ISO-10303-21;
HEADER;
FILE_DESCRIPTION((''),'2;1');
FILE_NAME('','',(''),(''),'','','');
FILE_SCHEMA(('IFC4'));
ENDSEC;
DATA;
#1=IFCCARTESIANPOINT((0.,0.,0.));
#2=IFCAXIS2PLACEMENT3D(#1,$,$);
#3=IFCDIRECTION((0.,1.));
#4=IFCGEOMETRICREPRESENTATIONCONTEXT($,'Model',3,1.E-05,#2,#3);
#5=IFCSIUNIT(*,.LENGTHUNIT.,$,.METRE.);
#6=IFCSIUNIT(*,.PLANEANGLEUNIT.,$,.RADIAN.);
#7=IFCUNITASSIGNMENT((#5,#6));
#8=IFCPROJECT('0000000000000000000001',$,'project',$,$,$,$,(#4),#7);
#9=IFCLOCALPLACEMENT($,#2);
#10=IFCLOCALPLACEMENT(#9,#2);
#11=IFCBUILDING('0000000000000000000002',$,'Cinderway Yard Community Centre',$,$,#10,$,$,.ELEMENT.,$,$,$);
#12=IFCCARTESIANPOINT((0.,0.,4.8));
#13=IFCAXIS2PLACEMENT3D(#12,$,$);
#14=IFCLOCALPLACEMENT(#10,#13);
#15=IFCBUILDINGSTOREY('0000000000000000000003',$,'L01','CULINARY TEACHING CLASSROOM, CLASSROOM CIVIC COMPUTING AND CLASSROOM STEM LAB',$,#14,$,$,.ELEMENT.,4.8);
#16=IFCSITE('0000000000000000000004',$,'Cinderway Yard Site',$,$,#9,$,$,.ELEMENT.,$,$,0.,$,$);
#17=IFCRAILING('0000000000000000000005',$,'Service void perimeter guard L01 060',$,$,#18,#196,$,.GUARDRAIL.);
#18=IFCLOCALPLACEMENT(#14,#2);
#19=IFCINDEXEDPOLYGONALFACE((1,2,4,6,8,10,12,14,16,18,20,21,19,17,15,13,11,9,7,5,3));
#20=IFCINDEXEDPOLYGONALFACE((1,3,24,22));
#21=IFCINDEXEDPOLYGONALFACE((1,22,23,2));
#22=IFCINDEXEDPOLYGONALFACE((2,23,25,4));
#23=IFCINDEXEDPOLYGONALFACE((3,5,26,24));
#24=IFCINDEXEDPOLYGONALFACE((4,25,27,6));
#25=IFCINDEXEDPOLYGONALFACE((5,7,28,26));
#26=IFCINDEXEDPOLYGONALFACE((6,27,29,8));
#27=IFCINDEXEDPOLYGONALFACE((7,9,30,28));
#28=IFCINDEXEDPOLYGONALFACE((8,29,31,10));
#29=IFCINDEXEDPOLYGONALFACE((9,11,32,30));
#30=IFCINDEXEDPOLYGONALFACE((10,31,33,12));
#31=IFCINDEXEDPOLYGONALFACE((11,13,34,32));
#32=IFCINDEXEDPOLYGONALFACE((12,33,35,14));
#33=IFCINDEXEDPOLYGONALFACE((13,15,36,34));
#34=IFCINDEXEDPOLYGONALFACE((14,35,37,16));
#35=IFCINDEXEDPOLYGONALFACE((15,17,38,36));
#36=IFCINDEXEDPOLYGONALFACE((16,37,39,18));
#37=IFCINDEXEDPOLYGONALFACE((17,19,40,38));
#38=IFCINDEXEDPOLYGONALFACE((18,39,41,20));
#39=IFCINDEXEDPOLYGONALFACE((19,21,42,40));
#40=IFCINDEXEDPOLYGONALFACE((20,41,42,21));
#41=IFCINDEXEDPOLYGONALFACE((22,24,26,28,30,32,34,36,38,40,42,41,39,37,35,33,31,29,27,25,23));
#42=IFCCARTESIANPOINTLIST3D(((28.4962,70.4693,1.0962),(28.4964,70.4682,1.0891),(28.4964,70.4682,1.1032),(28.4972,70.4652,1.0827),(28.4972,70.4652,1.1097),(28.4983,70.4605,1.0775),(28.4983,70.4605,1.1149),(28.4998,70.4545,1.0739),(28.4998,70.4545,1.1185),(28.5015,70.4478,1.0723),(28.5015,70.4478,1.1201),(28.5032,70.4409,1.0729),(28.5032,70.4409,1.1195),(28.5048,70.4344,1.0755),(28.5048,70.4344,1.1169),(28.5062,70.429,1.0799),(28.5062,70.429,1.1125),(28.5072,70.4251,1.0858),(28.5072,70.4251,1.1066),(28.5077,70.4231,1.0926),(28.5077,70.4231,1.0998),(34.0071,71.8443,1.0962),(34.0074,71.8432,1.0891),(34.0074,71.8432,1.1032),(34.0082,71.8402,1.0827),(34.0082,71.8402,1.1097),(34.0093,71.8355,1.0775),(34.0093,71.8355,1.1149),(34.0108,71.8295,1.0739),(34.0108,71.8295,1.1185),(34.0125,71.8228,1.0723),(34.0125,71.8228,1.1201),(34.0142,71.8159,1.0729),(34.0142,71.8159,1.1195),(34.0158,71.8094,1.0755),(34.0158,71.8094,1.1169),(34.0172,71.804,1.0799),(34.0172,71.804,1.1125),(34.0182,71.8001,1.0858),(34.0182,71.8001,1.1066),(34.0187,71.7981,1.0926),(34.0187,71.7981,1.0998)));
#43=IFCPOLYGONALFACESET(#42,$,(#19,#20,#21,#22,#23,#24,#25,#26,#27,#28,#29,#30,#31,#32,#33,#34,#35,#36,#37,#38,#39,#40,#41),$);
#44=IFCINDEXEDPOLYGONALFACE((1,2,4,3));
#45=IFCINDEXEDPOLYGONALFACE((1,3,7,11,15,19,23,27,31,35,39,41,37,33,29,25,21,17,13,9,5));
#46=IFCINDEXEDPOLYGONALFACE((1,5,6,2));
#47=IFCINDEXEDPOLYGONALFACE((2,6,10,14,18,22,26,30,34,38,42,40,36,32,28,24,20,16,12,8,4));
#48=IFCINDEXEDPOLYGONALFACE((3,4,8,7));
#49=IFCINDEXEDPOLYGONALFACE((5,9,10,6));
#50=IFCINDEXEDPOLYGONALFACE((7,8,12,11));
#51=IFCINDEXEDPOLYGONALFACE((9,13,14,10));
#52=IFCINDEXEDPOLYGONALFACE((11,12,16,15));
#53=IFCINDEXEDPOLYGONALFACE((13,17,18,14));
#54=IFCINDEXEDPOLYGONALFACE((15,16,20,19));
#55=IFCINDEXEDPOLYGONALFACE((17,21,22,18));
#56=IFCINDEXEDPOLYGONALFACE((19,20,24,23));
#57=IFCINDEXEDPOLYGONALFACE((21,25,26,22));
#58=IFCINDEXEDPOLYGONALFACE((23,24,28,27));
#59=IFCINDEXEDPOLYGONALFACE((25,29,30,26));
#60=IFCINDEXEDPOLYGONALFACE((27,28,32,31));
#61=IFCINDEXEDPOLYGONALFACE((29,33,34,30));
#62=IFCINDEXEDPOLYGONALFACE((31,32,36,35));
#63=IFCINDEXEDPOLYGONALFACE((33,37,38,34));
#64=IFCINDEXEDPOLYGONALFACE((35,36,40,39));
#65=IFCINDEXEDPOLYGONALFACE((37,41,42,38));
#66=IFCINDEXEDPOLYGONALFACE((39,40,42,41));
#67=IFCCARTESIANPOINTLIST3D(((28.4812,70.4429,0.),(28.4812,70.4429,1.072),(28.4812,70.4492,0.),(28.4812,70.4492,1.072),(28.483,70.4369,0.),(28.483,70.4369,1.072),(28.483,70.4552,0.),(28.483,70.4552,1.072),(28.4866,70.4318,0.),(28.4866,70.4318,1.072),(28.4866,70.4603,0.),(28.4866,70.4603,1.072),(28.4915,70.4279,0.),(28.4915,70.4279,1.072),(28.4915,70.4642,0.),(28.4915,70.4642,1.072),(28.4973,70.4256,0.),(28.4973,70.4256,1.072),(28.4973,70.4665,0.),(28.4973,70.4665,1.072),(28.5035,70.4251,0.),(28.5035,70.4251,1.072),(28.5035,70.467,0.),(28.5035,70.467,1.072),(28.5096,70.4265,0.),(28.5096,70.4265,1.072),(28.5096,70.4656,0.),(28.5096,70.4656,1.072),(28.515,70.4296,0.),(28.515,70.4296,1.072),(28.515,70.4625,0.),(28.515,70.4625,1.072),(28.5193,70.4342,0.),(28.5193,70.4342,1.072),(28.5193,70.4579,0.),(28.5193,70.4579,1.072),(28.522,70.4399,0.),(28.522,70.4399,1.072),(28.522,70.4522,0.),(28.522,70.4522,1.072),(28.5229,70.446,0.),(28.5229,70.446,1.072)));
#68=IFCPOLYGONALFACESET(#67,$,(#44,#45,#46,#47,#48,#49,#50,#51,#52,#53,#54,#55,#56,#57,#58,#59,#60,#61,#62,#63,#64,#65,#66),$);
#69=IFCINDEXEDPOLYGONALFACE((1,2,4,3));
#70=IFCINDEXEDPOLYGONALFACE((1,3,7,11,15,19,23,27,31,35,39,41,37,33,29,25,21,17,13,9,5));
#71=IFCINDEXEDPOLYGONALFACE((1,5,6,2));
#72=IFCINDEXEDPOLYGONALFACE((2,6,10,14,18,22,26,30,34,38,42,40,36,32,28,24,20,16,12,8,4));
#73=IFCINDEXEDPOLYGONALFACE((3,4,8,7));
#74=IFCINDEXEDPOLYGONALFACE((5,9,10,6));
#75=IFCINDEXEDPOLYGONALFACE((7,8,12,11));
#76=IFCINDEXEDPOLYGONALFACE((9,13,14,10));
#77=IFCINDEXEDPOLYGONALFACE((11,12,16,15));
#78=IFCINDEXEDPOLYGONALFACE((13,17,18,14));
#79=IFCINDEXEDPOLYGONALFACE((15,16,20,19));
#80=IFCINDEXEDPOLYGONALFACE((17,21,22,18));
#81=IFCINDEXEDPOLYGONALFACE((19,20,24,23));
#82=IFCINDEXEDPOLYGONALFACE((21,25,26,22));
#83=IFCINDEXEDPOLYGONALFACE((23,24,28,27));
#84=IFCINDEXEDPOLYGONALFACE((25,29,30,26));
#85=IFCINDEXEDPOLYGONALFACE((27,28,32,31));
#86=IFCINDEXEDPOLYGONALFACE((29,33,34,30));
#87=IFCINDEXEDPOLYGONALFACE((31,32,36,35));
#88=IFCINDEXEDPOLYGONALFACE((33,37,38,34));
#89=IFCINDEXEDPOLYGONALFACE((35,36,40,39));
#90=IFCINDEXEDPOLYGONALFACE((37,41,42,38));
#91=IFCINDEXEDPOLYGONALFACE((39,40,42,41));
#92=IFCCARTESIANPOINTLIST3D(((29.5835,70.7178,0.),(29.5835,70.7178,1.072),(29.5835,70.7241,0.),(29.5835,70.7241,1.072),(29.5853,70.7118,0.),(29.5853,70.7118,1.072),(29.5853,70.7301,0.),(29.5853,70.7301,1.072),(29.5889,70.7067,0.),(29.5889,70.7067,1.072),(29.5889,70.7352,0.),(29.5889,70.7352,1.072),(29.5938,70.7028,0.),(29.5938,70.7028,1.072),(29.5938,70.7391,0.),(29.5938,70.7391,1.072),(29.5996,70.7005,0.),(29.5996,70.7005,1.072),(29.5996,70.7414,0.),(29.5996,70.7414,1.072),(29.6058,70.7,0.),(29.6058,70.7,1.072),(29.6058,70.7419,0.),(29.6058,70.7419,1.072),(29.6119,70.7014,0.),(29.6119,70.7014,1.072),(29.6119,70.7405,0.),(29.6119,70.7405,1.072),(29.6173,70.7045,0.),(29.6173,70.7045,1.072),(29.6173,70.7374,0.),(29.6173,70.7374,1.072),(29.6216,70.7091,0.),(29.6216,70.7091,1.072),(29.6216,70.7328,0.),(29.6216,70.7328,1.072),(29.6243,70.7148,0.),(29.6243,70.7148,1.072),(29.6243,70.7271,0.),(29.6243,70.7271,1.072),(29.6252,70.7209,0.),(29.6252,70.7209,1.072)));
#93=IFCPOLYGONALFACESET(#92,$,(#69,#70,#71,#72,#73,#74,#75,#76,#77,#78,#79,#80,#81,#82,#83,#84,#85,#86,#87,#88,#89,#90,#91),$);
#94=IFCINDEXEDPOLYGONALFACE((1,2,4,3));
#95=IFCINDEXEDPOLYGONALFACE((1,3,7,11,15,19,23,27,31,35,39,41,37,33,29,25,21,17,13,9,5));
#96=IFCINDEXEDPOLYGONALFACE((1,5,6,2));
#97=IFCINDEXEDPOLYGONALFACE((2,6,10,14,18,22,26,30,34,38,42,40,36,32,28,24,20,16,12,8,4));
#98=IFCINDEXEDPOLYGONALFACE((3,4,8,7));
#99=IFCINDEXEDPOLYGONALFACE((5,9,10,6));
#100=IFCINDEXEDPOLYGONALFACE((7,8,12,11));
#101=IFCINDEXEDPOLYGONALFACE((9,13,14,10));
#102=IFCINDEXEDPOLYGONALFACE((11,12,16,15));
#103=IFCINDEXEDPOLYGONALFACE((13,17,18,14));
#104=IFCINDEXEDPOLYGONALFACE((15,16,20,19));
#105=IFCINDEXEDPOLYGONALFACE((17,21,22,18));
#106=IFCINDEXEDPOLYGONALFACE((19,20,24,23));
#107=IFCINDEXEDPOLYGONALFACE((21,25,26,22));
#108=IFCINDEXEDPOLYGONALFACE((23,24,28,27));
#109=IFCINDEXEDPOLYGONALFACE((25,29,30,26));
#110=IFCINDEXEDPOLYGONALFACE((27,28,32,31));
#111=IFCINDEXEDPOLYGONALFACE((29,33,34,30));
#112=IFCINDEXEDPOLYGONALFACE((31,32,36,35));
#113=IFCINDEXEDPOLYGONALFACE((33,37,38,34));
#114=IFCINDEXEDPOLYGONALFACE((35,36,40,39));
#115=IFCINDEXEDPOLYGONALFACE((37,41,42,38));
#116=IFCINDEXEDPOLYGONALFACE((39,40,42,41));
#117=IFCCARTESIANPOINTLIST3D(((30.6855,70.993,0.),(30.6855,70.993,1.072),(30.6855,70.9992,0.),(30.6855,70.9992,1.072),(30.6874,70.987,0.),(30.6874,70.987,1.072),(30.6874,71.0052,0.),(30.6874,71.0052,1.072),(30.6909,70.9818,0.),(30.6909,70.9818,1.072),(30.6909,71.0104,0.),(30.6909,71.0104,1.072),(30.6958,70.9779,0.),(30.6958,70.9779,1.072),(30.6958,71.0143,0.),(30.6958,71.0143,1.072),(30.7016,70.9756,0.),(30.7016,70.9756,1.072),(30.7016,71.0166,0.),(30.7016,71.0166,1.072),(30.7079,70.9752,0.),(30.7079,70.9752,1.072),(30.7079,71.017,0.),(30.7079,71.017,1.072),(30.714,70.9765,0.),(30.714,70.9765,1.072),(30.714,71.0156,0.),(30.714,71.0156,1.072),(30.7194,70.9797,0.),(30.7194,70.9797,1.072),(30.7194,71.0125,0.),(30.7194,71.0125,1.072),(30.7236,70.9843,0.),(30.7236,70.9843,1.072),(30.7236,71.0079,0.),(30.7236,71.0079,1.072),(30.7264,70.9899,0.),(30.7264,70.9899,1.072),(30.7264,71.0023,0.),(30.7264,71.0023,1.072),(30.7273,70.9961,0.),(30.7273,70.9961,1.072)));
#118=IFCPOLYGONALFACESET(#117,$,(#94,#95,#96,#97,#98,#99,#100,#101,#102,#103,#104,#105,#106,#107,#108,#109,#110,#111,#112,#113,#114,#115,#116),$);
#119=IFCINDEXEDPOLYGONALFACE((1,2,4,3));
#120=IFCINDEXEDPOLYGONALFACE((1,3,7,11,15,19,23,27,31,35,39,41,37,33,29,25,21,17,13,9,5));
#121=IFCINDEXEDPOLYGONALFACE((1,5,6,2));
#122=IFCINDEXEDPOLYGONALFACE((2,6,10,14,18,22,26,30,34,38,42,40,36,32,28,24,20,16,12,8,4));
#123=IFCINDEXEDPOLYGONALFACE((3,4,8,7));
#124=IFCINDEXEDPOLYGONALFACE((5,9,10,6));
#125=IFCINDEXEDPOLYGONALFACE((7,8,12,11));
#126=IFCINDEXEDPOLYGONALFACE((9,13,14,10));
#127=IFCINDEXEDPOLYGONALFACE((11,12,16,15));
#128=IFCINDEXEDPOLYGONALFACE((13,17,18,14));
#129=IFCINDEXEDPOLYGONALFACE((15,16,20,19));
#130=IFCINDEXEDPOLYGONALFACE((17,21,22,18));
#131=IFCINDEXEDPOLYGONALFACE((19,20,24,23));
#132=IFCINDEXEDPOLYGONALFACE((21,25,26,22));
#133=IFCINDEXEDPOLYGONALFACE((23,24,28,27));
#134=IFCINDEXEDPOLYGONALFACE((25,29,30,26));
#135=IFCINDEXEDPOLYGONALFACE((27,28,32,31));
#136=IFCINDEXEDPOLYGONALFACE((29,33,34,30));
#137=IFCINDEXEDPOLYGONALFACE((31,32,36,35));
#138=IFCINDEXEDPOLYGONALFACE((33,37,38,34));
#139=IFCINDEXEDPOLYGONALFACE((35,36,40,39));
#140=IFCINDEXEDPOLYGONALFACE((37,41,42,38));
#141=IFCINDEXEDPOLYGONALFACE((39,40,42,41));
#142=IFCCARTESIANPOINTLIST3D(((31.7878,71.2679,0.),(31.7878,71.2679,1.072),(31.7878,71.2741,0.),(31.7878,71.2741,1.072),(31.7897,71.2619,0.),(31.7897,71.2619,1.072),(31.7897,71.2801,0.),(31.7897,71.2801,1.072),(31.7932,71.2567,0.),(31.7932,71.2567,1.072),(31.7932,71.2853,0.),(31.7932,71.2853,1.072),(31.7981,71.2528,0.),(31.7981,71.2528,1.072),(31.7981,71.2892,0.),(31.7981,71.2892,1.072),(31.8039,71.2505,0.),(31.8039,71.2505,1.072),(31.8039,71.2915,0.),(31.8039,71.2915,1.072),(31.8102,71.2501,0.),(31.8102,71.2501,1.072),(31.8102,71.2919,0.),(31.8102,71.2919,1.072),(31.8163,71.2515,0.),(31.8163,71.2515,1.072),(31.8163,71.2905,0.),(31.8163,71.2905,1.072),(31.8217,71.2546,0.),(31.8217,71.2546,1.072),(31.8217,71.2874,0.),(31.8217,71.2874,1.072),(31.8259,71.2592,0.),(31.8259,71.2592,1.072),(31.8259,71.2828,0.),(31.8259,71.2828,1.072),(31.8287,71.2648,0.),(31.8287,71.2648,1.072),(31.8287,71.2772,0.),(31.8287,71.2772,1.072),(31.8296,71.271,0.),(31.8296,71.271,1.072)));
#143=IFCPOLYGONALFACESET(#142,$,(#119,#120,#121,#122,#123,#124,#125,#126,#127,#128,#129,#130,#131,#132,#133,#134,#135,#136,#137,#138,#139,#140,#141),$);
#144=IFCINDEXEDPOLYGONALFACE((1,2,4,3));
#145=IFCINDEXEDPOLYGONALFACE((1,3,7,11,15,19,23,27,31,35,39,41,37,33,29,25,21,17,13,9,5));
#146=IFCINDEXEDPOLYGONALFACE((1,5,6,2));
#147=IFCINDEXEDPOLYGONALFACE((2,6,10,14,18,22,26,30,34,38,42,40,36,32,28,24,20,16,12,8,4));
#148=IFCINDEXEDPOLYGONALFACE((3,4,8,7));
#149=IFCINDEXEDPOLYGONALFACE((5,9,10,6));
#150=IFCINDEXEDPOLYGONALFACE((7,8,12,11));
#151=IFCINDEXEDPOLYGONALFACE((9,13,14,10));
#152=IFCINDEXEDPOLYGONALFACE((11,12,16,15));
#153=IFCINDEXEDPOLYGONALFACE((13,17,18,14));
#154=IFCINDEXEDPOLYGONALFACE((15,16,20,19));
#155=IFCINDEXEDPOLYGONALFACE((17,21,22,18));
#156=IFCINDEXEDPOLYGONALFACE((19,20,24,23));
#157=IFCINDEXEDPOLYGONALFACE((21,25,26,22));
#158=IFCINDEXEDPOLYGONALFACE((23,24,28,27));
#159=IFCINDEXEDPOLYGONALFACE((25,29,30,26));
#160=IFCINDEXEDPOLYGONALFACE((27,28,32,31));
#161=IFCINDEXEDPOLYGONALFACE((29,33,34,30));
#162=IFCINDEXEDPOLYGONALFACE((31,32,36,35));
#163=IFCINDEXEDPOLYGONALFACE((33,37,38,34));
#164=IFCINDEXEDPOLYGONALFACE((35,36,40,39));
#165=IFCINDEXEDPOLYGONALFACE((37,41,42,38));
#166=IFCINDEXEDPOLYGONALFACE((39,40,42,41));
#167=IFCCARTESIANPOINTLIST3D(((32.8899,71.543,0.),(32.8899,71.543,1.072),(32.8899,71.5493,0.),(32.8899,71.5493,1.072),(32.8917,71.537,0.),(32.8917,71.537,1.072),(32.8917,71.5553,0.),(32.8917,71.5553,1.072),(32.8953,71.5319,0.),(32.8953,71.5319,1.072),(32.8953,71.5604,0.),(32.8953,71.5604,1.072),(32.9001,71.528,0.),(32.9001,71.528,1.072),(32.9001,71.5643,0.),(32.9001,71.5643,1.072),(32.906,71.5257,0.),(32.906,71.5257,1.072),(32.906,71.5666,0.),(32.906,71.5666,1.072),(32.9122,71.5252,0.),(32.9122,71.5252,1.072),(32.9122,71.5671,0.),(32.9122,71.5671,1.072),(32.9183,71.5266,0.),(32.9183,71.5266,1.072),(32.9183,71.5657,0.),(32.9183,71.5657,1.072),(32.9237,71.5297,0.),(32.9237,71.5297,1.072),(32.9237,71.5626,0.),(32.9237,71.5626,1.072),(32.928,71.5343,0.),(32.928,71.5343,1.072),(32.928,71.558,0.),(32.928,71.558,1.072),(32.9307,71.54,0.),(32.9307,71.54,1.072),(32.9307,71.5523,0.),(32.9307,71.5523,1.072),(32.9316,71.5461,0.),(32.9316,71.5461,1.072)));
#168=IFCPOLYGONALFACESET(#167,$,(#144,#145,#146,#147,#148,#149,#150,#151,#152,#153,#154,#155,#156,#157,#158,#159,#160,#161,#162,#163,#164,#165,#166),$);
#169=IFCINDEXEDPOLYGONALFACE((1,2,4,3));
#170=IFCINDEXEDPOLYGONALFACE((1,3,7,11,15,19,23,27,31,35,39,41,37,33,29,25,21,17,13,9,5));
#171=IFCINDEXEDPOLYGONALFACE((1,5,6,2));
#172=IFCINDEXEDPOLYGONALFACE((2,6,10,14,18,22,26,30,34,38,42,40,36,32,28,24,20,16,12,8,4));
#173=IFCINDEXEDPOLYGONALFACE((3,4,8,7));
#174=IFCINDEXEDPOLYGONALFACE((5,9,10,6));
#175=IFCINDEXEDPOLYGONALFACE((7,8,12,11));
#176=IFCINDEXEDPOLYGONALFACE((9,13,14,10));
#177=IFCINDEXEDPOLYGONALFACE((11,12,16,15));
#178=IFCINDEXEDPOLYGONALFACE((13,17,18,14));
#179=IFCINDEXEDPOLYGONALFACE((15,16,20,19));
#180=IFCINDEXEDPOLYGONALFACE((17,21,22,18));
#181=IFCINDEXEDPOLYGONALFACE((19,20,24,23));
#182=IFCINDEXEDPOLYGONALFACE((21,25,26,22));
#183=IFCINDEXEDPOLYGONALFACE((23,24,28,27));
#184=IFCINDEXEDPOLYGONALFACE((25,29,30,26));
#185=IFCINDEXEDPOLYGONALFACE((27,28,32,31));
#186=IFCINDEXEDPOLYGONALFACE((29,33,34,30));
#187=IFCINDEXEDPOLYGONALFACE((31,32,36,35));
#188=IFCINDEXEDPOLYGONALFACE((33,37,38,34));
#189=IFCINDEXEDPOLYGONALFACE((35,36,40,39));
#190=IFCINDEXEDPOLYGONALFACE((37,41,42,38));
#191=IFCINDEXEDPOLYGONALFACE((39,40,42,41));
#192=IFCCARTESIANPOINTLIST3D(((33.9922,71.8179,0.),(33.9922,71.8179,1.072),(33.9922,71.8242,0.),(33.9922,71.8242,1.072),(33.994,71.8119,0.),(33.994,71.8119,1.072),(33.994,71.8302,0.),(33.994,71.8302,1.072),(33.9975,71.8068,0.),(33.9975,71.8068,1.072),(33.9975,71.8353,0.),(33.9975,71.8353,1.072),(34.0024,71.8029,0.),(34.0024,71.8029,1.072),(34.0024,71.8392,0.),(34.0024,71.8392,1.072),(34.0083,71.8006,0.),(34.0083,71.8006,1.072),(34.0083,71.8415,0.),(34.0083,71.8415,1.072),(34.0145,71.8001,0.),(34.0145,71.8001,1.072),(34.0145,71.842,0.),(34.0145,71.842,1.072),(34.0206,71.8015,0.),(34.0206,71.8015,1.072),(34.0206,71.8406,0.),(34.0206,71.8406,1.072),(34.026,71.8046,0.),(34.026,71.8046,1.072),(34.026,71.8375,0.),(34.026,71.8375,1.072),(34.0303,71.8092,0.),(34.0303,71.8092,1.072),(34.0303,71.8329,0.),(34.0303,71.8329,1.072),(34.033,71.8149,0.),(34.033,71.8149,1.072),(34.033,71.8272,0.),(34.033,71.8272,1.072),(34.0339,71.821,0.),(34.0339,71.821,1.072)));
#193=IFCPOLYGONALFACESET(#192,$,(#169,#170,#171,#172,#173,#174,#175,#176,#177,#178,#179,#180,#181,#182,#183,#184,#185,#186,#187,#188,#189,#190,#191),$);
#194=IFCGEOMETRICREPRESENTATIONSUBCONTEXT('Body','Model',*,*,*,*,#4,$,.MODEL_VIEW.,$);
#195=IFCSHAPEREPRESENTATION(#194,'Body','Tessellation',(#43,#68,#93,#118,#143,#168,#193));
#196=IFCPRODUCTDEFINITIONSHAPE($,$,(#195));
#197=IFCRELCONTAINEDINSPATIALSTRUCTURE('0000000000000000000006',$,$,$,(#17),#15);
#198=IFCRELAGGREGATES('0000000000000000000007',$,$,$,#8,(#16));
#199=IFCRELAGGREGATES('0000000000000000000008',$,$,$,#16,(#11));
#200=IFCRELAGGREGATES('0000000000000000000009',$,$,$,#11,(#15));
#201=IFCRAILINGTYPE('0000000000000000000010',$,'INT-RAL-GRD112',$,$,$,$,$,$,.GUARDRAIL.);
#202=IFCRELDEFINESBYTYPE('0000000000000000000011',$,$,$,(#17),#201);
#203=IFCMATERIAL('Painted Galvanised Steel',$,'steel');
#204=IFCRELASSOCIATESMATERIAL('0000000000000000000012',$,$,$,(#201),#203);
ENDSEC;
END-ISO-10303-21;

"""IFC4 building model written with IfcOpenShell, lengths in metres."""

from ifc_helpers import new_model, si_unit, direction, frame, origin, origin_2d, place, context, subcontext, project, spatial, circle, extrude, material, type_object, element, save


model = new_model("IFC4")

# Units and contexts
model_context = context("Model", 3, precision=1e-05, world=origin(), true_north=direction((0.0, 1.0)))
body_context = subcontext(model_context, "Body", "Model", "MODEL_VIEW")
ifc_project = project(units=[si_unit("LENGTHUNIT", "METRE"), si_unit("PLANEANGLEUNIT", "RADIAN")], contexts=[model_context])

# Site, building, storey
site_placement = place(None, origin())
site = spatial("IfcSite", under=ifc_project, at=site_placement, Name="Cinderway Yard Site", CompositionType="ELEMENT", RefElevation=0.0)
building_placement = place(site_placement, origin())
building = spatial("IfcBuilding", under=site, at=building_placement, Name="Cinderway Yard Community Centre", CompositionType="ELEMENT")
storey_placement = place(building_placement, frame((0.0, 0.0, 4.8)))
storey = spatial("IfcBuildingStorey", under=building, at=storey_placement, Name="L01", Description="CULINARY TEACHING CLASSROOM, CLASSROOM CIVIC COMPUTING AND CLASSROOM STEM LAB", CompositionType="ELEMENT", Elevation=4.8)

# Railing
ifc_material_1 = material(Name="Painted Galvanised Steel", Category="steel")
railing_type = type_object("IfcRailingType", Name="INT-RAL-GRD112", PredefinedType="GUARDRAIL", material=ifc_material_1)
railing_1_placement = place(storey_placement, frame((28.502, 70.446, 0.0)))
element("IfcRailing", 1, at=railing_1_placement, inside=storey, type_object=railing_type, Name="Service void perimeter guard L01 060", PredefinedType="GUARDRAIL", context=body_context, shape_type="SweptSolid", body=[
    extrude(circle(Radius=0.0239, at=origin_2d()), frame((0.0, 0.0, 1.0962), z_axis=(0.970256, 0.24208, 0.0), x_axis=(-0.24208, 0.970256, 0.0)), (0.0, 0.0, 1.0), 5.6799),
    extrude(circle(Radius=0.021, at=origin_2d()), origin(), (0.0, 0.0, 1.0), 1.072),
    extrude(circle(Radius=0.021, at=origin_2d()), frame((1.1023, 0.2749, 0.0)), (0.0, 0.0, 1.0), 1.072),
    extrude(circle(Radius=0.021, at=origin_2d()), frame((2.2043, 0.55, 0.0)), (0.0, 0.0, 1.0), 1.072),
    extrude(circle(Radius=0.021, at=origin_2d()), frame((3.3066, 0.825, 0.0)), (0.0, 0.0, 1.0), 1.072),
    extrude(circle(Radius=0.021, at=origin_2d()), frame((4.4087, 1.1001, 0.0)), (0.0, 0.0, 1.0), 1.072),
    extrude(circle(Radius=0.021, at=origin_2d()), frame((5.511, 1.375, 0.0)), (0.0, 0.0, 1.0), 1.072),
])

save(model, "model.ifc")
